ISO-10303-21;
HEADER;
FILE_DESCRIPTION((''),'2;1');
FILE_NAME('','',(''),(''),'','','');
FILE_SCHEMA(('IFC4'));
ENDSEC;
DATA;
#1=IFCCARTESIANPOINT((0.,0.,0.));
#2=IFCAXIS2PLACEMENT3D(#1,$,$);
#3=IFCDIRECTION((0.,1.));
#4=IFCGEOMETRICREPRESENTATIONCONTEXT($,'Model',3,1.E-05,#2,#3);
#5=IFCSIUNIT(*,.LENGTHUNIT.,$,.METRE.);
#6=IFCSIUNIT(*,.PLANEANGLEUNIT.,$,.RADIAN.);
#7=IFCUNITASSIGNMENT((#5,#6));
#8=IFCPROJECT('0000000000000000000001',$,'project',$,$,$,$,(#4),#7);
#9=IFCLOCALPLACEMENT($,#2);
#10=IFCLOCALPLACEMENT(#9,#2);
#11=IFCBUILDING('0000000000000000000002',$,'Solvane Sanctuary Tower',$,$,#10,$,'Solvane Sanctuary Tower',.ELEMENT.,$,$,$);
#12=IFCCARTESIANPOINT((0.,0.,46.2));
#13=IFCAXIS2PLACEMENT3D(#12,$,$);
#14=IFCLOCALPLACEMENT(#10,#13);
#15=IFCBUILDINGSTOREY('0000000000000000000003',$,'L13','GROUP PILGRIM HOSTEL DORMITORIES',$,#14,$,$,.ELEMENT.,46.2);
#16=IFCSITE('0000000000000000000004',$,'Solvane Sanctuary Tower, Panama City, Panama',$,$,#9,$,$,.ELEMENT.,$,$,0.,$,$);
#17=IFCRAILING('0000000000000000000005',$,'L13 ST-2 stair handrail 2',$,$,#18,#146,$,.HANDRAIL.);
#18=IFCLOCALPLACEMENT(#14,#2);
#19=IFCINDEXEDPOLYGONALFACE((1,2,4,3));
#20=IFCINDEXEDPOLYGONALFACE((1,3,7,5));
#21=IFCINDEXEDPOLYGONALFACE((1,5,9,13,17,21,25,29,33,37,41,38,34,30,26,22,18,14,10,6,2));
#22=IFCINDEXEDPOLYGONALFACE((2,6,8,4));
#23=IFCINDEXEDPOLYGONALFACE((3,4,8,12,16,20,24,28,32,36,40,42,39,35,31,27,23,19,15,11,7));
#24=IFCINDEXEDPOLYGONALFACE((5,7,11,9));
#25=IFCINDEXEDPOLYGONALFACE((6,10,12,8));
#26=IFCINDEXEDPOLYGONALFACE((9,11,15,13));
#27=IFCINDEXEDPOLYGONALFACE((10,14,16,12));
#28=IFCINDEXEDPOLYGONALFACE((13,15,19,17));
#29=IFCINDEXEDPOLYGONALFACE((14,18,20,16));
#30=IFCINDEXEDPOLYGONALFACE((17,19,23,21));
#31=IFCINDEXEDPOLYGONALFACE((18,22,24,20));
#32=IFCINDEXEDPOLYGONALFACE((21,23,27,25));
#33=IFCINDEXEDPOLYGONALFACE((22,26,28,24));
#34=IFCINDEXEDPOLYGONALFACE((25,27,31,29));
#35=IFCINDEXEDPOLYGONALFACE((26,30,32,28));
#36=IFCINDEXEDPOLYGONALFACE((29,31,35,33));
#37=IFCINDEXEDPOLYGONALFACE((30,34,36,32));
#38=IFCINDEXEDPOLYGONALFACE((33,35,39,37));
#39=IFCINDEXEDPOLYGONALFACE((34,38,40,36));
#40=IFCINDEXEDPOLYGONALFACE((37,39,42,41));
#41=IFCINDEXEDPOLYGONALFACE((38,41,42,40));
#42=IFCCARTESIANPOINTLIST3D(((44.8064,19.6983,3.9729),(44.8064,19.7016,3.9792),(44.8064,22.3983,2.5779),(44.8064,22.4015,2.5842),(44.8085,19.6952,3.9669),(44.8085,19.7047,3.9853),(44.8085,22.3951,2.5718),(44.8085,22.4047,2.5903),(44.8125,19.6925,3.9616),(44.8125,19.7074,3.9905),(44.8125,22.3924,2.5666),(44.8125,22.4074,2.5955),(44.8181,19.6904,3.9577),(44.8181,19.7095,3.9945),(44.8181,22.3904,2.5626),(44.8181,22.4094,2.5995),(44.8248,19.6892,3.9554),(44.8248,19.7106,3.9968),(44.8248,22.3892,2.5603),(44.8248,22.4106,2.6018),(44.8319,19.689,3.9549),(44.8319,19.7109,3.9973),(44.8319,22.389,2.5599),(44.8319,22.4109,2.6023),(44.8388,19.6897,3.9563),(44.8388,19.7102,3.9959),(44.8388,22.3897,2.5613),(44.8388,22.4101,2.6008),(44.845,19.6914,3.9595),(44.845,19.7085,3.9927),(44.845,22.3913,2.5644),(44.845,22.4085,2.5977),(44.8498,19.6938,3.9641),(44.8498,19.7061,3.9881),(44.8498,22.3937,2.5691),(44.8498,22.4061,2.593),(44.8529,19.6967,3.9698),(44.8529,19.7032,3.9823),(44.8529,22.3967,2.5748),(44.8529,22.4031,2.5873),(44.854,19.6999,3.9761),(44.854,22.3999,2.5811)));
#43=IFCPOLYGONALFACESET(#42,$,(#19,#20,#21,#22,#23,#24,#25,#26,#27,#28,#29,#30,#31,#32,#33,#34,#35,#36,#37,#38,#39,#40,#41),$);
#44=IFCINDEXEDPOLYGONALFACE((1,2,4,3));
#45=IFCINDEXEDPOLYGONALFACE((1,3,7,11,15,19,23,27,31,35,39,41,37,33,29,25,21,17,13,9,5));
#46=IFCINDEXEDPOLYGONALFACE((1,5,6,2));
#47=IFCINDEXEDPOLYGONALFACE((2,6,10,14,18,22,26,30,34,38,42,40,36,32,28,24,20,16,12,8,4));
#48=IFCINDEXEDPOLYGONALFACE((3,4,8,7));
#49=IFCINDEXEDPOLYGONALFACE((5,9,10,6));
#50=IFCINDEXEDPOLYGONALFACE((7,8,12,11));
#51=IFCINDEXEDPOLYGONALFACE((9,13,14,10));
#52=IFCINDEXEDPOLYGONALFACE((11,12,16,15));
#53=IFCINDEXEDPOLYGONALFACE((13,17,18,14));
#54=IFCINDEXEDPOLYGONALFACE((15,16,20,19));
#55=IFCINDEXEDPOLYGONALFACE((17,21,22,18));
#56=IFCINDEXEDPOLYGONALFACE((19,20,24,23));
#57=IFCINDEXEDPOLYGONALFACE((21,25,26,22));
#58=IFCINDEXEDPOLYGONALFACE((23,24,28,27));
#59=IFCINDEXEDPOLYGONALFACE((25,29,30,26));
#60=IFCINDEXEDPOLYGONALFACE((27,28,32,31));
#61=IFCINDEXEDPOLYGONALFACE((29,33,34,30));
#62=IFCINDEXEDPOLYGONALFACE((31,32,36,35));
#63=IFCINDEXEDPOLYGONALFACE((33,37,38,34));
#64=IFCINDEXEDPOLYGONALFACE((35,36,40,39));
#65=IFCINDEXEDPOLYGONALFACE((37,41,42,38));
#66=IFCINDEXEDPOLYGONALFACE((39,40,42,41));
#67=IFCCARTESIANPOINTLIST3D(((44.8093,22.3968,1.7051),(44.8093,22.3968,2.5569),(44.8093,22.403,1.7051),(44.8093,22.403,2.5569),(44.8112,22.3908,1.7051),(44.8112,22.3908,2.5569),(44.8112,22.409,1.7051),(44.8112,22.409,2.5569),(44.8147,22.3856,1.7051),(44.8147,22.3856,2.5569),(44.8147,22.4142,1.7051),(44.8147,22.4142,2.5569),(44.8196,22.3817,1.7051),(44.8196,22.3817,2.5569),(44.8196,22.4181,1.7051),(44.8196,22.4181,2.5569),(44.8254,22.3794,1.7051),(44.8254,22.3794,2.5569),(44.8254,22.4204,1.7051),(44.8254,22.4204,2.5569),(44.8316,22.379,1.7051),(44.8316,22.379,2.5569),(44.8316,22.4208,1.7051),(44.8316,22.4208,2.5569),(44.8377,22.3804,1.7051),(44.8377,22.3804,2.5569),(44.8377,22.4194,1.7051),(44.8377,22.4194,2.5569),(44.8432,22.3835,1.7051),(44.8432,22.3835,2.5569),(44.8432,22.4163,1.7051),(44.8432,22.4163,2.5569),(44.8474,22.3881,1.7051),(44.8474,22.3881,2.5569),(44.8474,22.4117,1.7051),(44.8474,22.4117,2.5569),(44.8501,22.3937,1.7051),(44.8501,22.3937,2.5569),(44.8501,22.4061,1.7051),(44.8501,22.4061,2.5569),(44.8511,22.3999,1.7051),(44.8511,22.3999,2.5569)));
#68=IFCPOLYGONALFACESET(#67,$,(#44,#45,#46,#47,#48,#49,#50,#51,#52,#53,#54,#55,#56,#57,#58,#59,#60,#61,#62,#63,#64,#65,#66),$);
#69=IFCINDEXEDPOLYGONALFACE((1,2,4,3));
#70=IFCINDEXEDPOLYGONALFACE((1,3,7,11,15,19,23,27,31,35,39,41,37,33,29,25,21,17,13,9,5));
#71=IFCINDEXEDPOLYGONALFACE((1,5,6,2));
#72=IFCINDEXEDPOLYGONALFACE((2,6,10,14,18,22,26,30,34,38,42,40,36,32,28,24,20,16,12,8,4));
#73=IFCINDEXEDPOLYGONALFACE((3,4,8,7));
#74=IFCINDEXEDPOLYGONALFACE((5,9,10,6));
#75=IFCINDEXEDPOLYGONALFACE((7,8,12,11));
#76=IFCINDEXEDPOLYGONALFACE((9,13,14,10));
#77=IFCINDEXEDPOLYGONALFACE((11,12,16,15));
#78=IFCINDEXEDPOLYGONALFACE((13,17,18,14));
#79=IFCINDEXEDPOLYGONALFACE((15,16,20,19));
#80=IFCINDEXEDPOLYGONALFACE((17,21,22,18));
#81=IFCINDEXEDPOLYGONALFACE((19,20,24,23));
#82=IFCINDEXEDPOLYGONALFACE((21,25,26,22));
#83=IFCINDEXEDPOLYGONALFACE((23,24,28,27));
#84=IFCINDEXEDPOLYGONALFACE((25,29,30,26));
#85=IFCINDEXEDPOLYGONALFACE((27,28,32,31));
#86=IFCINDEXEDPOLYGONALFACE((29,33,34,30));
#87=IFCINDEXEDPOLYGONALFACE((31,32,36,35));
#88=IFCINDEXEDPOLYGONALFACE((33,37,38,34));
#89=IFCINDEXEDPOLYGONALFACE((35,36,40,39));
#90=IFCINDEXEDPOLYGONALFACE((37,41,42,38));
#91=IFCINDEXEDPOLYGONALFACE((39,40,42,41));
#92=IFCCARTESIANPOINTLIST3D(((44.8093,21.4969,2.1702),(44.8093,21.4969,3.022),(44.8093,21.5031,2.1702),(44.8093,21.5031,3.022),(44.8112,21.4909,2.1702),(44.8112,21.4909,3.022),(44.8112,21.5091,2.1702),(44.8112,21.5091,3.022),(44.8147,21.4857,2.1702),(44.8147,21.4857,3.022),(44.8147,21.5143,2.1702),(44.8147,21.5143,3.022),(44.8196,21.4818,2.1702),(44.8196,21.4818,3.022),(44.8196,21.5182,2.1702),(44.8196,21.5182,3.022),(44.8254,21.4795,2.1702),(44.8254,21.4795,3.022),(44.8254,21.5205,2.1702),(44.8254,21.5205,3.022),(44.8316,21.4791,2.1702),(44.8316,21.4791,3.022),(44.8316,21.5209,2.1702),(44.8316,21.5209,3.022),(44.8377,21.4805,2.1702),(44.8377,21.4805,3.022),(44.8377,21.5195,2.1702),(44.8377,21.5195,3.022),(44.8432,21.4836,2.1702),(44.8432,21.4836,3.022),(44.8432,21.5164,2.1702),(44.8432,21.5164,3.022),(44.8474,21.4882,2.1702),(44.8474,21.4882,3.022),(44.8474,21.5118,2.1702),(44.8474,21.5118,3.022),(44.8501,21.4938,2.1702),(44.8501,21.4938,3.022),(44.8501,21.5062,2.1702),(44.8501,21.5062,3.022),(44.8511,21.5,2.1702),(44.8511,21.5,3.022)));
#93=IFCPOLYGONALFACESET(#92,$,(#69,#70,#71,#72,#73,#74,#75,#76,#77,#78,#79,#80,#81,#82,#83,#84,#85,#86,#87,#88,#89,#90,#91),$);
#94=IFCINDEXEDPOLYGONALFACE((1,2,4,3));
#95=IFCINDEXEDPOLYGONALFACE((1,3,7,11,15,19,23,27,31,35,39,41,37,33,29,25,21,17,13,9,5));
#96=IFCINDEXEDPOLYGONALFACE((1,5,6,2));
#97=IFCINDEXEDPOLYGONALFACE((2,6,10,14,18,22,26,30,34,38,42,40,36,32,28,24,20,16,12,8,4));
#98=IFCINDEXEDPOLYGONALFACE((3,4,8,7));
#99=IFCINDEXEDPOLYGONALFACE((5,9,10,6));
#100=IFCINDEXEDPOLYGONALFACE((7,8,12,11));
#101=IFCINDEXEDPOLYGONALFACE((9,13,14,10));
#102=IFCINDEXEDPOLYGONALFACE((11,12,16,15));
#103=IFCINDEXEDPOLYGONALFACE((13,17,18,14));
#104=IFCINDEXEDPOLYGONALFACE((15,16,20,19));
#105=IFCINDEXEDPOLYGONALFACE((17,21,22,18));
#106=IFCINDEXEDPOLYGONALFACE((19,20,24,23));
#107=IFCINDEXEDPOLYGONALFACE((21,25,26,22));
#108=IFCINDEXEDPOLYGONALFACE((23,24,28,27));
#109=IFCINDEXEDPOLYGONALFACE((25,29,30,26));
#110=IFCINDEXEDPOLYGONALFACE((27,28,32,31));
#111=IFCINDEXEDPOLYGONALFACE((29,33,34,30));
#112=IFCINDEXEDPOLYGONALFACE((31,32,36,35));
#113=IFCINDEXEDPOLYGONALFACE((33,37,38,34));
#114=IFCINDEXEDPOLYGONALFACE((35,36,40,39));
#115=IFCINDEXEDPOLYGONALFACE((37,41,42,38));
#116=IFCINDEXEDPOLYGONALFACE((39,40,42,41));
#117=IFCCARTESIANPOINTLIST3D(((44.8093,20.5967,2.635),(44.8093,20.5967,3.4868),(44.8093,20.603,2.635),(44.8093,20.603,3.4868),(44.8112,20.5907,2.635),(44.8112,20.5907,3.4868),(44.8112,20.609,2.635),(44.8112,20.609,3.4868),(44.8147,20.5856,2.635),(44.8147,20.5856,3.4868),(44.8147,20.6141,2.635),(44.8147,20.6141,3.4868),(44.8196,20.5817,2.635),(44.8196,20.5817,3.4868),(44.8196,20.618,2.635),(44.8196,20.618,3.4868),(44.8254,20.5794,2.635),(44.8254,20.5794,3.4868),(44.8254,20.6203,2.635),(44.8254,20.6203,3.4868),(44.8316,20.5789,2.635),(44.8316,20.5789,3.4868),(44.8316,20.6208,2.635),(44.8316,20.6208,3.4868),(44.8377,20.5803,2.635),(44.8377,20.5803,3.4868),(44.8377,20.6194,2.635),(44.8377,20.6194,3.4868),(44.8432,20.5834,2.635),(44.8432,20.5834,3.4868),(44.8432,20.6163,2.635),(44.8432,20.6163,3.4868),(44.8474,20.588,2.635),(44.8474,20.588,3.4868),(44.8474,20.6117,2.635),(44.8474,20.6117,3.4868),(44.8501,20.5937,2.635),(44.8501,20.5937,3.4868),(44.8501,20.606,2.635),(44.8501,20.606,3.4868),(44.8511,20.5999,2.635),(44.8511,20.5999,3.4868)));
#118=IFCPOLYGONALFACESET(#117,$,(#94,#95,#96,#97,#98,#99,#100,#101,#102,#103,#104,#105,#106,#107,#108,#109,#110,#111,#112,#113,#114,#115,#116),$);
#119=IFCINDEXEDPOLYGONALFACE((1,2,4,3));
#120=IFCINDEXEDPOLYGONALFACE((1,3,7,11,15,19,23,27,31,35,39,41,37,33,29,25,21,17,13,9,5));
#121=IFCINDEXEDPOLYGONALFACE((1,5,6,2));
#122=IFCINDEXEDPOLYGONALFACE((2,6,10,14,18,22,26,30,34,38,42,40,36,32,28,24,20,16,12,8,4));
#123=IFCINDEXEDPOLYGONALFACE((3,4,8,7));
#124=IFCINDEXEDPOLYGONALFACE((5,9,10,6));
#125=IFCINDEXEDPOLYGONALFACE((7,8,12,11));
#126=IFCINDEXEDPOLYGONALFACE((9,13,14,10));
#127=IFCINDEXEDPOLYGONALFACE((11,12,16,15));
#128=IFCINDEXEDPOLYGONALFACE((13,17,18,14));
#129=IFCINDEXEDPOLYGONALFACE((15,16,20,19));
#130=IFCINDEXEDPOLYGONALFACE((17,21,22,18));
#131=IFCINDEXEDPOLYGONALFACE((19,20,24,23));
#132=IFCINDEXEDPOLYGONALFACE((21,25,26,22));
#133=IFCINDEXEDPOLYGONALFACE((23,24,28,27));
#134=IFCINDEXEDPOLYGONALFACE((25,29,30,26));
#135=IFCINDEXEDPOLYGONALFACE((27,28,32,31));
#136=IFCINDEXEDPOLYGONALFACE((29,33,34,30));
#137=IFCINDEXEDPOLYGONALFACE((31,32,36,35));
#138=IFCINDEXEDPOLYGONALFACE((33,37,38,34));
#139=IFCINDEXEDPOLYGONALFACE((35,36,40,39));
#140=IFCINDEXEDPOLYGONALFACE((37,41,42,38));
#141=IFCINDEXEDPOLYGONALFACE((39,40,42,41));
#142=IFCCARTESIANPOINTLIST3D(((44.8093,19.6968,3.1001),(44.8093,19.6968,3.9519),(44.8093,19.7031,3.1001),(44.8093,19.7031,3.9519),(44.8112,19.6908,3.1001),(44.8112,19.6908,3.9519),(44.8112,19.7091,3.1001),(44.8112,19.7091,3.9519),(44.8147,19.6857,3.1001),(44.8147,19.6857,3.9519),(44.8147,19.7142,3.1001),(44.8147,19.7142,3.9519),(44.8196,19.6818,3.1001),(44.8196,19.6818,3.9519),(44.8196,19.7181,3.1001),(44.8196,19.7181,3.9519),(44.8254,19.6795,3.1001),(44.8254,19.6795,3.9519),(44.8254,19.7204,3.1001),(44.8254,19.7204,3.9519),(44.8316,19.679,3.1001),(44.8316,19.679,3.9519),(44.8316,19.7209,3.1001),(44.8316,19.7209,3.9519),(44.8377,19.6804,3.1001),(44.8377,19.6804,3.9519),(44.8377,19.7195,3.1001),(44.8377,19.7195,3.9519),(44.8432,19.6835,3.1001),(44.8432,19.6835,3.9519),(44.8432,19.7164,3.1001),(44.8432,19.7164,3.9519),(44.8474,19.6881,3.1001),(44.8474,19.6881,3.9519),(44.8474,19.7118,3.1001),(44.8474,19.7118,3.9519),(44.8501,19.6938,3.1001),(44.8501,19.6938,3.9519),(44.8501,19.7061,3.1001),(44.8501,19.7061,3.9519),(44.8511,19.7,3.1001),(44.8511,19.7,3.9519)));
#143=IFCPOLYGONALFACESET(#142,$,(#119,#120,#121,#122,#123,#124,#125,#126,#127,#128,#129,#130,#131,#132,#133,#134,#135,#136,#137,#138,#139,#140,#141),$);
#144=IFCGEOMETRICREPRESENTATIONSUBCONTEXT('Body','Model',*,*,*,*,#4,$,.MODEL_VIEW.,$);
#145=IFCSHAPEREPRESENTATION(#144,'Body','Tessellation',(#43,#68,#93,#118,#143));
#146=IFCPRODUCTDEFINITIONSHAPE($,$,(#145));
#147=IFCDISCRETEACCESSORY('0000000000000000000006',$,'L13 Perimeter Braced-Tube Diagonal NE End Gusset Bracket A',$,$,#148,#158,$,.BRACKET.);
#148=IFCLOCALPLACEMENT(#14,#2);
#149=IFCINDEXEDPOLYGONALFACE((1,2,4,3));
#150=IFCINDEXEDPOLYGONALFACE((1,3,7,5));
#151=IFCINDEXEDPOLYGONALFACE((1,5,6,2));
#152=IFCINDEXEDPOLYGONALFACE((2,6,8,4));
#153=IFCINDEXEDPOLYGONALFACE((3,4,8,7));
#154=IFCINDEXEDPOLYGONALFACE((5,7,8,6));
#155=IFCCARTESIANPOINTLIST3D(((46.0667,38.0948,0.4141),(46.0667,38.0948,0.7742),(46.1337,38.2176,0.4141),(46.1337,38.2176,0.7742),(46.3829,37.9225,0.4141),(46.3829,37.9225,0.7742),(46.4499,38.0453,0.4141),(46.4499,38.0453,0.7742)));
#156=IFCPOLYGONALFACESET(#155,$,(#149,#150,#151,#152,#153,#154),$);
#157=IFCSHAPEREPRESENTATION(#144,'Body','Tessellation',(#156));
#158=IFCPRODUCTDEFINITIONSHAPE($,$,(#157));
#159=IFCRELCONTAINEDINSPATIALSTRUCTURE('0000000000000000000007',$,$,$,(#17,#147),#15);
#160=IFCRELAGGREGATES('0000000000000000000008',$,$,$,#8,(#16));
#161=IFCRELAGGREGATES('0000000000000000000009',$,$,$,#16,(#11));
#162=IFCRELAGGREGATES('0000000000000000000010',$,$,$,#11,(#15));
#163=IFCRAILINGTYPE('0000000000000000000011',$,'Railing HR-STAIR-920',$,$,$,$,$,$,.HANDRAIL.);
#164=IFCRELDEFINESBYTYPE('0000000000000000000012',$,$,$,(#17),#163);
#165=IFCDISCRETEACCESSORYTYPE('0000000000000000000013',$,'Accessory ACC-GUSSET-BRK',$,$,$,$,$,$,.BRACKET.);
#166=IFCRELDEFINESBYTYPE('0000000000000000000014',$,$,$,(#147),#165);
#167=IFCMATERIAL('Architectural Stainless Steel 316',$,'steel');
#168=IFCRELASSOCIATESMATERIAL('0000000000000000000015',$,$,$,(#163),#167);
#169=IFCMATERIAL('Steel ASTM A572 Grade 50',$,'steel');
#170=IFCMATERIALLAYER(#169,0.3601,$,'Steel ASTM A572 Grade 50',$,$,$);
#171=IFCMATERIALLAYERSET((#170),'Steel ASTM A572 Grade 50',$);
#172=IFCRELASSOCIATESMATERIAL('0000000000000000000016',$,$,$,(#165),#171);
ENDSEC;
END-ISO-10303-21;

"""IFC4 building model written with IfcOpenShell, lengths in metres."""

from ifc_helpers import new_model, si_unit, direction, frame, origin, origin_2d, place, context, subcontext, project, spatial, rectangle, circle, extrude, material, layer, layer_set, type_object, element, save


model = new_model("IFC4")

# Units and contexts
model_context = context("Model", 3, precision=1e-05, world=origin(), true_north=direction((0.0, 1.0)))
body_context = subcontext(model_context, "Body", "Model", "MODEL_VIEW")
ifc_project = project(units=[si_unit("LENGTHUNIT", "METRE"), si_unit("PLANEANGLEUNIT", "RADIAN")], contexts=[model_context])

# Site, building, storey
site_placement = place(None, origin())
site = spatial("IfcSite", under=ifc_project, at=site_placement, Name="Solvane Sanctuary Tower, Panama City, Panama", CompositionType="ELEMENT", RefElevation=0.0)
building_placement = place(site_placement, origin())
building = spatial("IfcBuilding", under=site, at=building_placement, Name="Solvane Sanctuary Tower", LongName="Solvane Sanctuary Tower", CompositionType="ELEMENT")
storey_placement = place(building_placement, frame((0.0, 0.0, 46.2)))
storey = spatial("IfcBuildingStorey", under=building, at=storey_placement, Name="L13", Description="GROUP PILGRIM HOSTEL DORMITORIES", CompositionType="ELEMENT", Elevation=46.2)

# Shared definitions
ifc_material_1 = material(Name="Architectural Stainless Steel 316", Category="steel")

# Railing
railing_type_1 = type_object("IfcRailingType", Name="Railing HR-STAIR-920", PredefinedType="HANDRAIL", material=ifc_material_1)
railing_1_placement = place(storey_placement, frame((44.8301, 22.3999, 1.7051)))
element("IfcRailing", 1, at=railing_1_placement, inside=storey, type_object=railing_type_1, Name="L13 ST-2 stair handrail 2", PredefinedType="HANDRAIL", context=body_context, shape_type="SweptSolid", body=[
    extrude(circle(Radius=0.0239, at=origin_2d()), frame((0.0, 0.0, 0.876), z_axis=(0.0, -0.88842, 0.459032), x_axis=(1.0, 0.0, 0.0)), (0.0, 0.0, 1.0), 3.0391),
    extrude(circle(Radius=0.021, at=origin_2d()), origin(), (0.0, 0.0, 1.0), 0.8518),
    extrude(circle(Radius=0.021, at=origin_2d()), frame((0.0, -0.8999, 0.4651)), (0.0, 0.0, 1.0), 0.8518),
    extrude(circle(Radius=0.021, at=origin_2d()), frame((0.0, -1.8, 0.9299)), (0.0, 0.0, 1.0), 0.8518),
    extrude(circle(Radius=0.021, at=origin_2d()), frame((0.0, -2.7, 1.395)), (0.0, 0.0, 1.0), 0.8518),
])

# Discrete accessory
ifc_material_2 = material(Name="Steel ASTM A572 Grade 50", Category="steel")
ifc_layer_1 = layer(ifc_material_2, 0.3601, Name="Steel ASTM A572 Grade 50")
ifc_layer_set_1 = layer_set([ifc_layer_1], Name="Steel ASTM A572 Grade 50")
discrete_accessory_type = type_object("IfcDiscreteAccessoryType", Name="Accessory ACC-GUSSET-BRK", PredefinedType="BRACKET", material=ifc_layer_set_1)
discrete_accessory_placement = place(storey_placement, frame((46.2583, 38.0701, 0.4141), z_axis=(0.0, 0.0, 1.0), x_axis=(0.878067, -0.478539, 0.0)))
element("IfcDiscreteAccessory", 2, at=discrete_accessory_placement, inside=storey, type_object=discrete_accessory_type, Name="L13 Perimeter Braced-Tube Diagonal NE End Gusset Bracket A", PredefinedType="BRACKET", context=body_context, shape_type="SweptSolid", body=[
    extrude(rectangle(XDim=0.3601, YDim=0.1399, at=origin_2d()), origin(), (0.0, 0.0, 1.0), 0.3601),
])

save(model, "model.ifc")
